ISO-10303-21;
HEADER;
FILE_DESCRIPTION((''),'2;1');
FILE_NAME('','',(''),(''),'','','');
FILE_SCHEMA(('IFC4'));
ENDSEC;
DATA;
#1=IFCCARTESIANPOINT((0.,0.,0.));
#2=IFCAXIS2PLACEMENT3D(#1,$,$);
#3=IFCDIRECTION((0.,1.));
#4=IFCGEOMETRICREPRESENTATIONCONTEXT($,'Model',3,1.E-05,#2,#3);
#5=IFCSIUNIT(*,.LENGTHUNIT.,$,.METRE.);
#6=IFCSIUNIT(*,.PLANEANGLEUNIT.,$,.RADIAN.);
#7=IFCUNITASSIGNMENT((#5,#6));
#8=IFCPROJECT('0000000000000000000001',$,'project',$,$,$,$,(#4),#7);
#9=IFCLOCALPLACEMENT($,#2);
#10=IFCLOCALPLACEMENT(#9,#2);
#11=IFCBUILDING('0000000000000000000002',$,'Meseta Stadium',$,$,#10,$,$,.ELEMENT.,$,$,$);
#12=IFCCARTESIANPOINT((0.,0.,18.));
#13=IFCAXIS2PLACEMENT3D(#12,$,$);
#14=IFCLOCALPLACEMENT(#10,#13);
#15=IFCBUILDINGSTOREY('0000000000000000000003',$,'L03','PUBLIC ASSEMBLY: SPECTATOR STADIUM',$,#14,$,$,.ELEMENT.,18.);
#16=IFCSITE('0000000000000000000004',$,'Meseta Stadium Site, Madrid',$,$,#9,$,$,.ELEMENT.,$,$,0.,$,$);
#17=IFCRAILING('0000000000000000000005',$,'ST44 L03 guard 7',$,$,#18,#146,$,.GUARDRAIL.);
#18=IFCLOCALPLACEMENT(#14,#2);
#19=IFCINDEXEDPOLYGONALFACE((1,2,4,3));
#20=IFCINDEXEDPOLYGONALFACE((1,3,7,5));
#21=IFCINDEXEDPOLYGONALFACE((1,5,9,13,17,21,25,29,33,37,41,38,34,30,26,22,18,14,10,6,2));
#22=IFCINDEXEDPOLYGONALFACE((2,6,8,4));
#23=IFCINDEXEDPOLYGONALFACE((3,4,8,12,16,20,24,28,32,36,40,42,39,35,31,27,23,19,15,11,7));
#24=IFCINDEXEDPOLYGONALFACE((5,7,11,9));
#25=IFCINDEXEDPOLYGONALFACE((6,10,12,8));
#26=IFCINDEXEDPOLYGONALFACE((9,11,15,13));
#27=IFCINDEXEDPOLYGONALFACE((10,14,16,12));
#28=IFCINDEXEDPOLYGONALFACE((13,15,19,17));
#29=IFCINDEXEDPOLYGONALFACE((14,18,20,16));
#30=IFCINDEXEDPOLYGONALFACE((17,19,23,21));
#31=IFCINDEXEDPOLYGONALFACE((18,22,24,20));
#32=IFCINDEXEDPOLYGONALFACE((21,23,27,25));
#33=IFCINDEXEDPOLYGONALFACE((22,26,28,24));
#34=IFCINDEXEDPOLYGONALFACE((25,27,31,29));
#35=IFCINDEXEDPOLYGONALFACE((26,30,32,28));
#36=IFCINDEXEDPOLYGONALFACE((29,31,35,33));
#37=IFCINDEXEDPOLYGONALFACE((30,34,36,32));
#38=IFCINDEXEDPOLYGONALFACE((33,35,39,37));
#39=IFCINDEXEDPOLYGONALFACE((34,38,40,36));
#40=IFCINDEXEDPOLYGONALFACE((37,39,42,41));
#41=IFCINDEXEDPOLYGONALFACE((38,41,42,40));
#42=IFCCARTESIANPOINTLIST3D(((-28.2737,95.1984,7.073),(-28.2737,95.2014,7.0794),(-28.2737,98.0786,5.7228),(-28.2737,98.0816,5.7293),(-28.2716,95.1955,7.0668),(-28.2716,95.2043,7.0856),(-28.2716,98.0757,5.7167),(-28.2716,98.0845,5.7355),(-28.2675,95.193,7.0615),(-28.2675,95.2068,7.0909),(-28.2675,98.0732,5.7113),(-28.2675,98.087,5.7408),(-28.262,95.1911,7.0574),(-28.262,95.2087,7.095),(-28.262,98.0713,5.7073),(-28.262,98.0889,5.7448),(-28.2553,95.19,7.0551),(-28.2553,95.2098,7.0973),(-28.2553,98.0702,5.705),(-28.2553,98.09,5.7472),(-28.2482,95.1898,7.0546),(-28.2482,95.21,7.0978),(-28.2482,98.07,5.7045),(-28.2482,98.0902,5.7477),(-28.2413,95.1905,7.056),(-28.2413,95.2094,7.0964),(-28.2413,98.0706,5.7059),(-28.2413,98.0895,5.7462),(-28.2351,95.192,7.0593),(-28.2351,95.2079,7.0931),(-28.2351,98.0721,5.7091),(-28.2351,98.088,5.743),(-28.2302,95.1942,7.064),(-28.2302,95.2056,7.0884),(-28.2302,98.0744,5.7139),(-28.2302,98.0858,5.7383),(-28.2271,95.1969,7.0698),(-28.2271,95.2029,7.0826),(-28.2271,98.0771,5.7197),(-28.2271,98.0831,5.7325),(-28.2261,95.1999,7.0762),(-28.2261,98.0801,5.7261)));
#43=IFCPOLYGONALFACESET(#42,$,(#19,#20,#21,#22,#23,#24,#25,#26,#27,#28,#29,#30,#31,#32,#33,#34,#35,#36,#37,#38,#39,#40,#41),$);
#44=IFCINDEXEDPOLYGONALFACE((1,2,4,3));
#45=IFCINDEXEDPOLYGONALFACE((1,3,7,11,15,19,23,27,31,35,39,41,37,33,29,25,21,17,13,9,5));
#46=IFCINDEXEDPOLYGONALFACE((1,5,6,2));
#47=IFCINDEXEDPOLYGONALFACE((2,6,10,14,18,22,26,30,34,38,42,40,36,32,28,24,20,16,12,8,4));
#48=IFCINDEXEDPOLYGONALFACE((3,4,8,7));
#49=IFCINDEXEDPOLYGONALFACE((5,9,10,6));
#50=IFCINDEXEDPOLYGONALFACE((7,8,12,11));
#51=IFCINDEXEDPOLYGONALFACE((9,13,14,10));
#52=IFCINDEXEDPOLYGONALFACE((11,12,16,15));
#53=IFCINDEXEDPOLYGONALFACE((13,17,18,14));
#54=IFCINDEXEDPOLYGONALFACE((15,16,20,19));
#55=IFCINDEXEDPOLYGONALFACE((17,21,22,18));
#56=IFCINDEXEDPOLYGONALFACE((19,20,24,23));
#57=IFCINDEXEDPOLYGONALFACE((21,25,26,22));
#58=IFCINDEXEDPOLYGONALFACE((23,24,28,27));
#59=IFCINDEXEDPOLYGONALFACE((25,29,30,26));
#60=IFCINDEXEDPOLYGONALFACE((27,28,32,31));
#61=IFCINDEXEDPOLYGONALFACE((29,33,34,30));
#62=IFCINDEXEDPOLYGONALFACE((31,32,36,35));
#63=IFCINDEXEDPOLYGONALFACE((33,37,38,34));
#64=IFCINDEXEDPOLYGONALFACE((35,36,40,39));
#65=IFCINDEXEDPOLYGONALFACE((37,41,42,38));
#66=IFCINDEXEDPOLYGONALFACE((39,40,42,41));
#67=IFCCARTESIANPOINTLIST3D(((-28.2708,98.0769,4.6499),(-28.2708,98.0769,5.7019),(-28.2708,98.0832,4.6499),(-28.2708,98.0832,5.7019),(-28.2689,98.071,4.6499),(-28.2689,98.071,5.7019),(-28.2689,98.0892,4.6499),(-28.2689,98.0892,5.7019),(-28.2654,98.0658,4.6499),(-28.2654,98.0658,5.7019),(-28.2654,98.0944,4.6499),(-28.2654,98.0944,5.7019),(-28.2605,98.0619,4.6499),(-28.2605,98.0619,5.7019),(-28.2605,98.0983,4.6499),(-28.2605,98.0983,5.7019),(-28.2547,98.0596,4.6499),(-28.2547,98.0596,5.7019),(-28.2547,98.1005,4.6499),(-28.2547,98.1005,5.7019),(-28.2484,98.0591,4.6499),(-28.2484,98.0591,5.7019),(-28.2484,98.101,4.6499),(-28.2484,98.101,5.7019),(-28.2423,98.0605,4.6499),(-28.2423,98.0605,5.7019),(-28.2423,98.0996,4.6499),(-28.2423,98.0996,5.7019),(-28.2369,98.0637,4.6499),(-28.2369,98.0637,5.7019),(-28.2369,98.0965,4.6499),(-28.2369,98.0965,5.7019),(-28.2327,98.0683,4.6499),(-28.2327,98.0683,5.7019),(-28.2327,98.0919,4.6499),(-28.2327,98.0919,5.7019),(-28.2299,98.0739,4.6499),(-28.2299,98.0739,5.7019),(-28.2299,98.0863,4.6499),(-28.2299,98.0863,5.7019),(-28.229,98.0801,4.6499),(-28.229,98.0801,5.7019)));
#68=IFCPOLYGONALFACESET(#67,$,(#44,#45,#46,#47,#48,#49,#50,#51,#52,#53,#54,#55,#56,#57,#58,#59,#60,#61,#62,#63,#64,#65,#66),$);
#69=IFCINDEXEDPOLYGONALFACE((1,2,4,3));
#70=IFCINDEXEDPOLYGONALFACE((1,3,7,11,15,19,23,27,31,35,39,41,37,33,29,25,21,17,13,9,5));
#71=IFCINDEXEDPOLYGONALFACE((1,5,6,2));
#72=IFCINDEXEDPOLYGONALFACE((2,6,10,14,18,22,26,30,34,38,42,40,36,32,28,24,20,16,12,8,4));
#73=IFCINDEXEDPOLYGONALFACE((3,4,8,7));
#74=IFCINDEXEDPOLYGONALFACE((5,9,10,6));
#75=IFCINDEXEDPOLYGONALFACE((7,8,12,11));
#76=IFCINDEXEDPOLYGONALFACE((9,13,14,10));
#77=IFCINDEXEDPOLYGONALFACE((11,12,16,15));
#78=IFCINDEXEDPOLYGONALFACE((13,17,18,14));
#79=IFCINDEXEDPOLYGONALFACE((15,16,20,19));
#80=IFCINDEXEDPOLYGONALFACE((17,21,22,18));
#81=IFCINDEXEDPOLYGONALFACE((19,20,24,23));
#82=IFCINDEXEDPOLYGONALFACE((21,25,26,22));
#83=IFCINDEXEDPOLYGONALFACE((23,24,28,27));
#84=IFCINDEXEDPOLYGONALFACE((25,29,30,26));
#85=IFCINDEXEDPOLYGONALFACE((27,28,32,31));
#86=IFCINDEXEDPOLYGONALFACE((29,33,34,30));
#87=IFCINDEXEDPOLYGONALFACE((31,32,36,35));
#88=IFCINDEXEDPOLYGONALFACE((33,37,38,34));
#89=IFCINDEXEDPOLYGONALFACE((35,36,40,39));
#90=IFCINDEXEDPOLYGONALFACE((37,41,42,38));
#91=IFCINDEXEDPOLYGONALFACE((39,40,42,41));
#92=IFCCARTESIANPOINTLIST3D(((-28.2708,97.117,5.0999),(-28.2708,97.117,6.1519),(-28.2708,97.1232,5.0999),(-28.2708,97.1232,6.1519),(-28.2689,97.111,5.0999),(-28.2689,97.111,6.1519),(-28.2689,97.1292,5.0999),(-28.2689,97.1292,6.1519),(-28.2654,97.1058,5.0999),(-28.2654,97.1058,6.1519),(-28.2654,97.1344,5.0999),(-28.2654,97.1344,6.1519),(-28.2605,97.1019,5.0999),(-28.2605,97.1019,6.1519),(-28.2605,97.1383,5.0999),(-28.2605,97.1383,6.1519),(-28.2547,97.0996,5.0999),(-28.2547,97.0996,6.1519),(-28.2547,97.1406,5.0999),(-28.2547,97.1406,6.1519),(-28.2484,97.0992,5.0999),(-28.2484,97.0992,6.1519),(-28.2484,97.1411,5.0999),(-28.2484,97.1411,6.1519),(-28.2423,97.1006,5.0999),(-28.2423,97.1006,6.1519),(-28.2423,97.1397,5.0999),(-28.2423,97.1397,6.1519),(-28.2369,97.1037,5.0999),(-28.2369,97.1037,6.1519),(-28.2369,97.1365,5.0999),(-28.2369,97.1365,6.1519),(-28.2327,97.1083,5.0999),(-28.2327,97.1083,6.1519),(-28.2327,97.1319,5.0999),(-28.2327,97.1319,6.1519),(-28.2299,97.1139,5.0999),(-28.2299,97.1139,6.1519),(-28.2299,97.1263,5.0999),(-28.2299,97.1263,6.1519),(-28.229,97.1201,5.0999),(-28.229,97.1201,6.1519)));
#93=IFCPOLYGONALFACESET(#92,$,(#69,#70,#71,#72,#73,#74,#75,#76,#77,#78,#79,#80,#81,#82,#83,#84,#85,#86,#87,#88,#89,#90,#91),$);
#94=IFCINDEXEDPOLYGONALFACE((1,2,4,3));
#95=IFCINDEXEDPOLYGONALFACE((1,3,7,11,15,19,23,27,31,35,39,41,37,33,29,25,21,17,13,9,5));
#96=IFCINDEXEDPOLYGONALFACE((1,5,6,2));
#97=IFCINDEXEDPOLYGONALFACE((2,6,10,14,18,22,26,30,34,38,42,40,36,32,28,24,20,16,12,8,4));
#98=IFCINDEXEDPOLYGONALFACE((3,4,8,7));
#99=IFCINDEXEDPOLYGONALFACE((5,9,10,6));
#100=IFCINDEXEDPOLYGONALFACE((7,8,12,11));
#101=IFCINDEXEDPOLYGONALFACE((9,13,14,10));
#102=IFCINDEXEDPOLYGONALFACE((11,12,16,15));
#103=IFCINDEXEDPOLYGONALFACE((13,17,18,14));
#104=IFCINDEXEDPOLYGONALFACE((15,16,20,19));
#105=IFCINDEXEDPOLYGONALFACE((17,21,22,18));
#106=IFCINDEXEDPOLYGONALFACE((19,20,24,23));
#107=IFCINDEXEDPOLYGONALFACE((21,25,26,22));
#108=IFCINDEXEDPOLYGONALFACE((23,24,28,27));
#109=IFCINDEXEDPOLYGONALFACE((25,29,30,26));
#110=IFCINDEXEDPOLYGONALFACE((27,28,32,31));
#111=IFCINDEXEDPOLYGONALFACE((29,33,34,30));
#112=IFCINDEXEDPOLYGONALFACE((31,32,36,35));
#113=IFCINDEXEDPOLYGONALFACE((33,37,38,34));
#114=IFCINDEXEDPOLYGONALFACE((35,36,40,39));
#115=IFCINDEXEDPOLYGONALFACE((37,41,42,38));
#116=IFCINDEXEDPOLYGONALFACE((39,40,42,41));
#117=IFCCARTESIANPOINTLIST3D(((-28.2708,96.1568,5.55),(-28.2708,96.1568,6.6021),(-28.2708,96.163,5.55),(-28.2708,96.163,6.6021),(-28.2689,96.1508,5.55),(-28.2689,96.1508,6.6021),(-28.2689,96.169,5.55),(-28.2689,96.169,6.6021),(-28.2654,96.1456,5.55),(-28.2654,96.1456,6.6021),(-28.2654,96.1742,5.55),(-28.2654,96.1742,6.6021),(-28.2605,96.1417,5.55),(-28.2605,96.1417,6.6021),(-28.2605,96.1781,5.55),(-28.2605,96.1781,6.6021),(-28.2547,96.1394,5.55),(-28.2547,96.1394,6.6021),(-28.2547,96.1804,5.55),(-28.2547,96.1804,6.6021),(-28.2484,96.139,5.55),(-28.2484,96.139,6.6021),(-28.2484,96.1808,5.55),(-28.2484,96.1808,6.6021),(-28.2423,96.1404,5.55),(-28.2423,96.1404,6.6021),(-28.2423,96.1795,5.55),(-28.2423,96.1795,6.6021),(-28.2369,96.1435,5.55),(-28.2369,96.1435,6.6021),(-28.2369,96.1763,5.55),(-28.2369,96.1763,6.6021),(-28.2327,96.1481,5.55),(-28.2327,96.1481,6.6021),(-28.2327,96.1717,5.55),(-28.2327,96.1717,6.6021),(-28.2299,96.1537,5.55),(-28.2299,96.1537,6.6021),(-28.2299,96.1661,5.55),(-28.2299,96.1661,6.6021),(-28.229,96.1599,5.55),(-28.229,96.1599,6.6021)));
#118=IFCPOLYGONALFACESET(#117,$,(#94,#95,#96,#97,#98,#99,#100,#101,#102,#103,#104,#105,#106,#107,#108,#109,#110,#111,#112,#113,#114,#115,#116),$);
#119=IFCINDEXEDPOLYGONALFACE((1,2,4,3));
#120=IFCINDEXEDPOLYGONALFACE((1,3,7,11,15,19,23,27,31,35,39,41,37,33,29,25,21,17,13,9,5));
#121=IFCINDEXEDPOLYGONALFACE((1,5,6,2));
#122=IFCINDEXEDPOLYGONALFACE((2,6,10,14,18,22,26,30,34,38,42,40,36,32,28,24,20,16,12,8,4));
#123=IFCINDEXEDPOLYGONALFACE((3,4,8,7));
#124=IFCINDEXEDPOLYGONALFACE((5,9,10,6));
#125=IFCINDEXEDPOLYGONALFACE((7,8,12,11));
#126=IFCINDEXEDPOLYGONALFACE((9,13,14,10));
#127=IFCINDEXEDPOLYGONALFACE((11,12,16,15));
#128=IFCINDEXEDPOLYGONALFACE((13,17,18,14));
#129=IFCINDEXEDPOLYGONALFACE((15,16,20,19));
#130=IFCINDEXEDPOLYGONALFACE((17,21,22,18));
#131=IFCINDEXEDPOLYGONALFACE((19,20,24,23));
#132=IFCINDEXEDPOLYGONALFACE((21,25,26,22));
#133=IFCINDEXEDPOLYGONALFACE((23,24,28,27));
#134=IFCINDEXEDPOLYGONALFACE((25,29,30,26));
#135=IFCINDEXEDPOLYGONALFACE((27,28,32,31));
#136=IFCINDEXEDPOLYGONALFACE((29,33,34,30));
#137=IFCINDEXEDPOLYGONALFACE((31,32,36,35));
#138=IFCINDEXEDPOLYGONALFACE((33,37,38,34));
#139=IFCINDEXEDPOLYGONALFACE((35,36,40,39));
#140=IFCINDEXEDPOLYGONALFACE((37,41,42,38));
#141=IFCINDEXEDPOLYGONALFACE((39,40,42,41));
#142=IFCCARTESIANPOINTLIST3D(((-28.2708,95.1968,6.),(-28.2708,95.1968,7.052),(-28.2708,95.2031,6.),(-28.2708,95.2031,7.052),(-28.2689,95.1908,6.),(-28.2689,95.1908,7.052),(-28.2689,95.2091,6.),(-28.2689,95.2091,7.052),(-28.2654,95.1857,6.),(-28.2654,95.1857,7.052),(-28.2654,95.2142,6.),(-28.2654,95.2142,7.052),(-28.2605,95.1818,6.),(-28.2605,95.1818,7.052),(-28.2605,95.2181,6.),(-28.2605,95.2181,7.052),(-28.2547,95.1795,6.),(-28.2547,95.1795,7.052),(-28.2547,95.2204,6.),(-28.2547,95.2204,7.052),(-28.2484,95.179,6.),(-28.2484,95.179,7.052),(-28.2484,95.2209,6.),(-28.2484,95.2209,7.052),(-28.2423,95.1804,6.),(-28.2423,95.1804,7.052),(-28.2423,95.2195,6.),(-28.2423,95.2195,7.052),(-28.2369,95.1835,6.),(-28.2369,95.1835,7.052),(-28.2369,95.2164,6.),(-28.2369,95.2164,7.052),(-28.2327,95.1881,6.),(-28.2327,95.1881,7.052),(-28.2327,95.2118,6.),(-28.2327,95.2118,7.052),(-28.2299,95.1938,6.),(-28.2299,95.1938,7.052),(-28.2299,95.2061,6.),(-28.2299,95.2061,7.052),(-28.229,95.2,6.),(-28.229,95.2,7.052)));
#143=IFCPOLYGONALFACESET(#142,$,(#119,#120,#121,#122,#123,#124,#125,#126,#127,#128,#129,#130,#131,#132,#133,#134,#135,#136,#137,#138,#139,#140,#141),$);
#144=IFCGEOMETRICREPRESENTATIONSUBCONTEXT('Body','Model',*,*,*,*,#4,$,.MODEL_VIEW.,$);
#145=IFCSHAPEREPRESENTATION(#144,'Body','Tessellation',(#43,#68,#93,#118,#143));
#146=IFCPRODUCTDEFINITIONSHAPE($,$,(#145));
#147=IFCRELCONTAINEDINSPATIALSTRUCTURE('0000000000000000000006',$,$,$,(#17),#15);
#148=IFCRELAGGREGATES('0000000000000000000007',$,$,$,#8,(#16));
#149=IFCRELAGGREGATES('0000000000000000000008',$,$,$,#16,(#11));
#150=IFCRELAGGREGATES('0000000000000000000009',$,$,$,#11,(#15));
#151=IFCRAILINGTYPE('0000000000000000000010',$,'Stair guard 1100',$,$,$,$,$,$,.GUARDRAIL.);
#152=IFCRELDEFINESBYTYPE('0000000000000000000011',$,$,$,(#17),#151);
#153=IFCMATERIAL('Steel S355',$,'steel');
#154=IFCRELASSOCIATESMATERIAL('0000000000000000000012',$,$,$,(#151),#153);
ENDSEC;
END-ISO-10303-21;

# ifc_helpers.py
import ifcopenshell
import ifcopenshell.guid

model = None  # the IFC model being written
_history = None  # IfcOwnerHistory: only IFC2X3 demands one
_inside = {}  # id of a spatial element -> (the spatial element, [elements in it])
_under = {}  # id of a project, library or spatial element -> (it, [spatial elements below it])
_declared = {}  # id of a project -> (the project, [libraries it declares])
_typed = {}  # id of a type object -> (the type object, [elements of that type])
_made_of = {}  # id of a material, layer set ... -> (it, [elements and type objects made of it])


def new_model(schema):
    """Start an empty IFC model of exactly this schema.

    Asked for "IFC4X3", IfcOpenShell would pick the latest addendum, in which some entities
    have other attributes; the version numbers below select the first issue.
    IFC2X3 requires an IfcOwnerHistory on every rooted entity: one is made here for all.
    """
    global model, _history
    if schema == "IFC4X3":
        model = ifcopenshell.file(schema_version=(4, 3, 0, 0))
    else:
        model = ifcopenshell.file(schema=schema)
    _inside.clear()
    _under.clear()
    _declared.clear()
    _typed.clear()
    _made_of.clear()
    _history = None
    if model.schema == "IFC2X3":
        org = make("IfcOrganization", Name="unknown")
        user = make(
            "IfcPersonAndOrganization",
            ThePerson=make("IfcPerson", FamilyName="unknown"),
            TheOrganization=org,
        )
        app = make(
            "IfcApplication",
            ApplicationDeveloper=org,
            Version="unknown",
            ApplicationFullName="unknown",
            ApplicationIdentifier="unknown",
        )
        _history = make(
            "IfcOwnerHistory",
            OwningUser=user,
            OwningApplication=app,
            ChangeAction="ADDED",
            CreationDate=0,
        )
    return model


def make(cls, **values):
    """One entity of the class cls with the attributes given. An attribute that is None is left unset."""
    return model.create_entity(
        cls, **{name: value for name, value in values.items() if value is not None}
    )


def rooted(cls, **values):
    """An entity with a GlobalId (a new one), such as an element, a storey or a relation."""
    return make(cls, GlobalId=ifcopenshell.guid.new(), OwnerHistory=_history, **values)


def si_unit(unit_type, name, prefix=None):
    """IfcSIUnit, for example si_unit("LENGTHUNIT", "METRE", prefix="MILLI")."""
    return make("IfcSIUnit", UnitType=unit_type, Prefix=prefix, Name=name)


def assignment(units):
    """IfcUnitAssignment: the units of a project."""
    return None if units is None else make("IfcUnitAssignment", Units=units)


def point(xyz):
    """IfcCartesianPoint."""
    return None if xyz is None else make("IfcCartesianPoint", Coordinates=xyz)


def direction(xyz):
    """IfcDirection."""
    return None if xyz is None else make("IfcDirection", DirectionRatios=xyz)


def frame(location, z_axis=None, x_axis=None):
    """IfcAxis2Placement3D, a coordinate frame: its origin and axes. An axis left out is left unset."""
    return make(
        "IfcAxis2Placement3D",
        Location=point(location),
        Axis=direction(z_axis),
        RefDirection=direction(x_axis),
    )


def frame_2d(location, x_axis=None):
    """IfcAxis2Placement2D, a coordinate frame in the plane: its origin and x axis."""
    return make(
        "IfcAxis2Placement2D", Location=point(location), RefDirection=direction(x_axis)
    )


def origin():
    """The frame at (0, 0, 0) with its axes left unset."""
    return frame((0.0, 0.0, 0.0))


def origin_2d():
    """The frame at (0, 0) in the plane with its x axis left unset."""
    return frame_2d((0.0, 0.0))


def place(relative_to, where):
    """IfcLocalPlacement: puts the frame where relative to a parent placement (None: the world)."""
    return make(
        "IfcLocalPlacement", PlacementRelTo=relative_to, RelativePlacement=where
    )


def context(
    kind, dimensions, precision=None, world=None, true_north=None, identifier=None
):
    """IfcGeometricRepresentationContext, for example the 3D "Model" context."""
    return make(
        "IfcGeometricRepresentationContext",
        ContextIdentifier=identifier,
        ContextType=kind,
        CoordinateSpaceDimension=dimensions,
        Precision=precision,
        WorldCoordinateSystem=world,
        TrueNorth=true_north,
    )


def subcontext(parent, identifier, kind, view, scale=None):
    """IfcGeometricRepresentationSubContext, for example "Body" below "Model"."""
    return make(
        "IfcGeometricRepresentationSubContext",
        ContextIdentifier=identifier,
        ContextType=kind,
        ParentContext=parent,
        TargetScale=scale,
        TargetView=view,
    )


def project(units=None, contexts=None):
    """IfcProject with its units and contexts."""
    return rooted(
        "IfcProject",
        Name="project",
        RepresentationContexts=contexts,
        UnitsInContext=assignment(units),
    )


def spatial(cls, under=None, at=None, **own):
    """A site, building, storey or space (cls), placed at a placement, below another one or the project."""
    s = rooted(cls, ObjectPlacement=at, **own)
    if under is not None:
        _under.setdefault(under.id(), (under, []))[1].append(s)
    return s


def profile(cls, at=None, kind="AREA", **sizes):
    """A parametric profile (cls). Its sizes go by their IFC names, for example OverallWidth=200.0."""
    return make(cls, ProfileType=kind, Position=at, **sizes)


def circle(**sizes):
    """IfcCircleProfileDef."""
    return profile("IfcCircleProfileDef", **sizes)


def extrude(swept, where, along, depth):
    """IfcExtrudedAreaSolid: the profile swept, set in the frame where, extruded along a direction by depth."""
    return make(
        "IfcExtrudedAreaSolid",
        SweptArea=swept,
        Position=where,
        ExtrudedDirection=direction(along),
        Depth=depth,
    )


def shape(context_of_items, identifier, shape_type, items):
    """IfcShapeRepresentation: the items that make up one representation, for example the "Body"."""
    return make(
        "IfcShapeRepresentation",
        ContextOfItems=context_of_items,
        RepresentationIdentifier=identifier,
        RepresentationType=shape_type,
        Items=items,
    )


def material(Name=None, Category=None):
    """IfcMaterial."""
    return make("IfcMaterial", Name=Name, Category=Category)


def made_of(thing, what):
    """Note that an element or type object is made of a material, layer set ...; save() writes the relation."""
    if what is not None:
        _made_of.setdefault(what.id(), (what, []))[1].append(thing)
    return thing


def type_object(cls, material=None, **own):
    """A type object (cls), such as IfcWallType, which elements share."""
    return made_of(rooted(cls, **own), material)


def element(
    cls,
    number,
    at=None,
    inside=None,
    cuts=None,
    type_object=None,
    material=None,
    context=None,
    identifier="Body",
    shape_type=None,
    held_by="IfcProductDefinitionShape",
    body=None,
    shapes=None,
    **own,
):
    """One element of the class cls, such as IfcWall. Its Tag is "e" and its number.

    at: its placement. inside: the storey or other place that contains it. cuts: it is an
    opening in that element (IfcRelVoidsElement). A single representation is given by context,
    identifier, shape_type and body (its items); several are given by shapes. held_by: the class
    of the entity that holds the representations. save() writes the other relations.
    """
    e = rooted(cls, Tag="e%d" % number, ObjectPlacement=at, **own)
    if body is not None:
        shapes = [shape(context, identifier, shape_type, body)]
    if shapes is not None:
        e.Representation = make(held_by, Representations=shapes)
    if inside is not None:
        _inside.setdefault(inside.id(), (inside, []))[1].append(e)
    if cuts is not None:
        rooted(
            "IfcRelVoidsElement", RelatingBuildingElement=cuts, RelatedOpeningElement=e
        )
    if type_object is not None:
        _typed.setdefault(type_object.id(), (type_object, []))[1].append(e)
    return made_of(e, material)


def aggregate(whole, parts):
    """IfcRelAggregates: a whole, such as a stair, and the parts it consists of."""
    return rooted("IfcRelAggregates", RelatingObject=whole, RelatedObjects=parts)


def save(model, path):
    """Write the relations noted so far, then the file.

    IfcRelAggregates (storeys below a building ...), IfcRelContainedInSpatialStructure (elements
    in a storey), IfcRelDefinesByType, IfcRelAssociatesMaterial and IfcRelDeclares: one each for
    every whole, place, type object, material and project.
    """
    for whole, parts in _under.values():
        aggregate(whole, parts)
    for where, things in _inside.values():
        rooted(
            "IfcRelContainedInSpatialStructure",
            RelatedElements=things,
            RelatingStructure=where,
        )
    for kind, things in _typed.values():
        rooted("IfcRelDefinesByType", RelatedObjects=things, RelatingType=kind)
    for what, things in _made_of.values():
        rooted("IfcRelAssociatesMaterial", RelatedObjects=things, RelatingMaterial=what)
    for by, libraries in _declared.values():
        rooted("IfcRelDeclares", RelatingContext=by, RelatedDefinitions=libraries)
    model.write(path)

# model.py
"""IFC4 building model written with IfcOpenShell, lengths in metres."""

from ifc_helpers import new_model, si_unit, direction, frame, origin, origin_2d, place, context, subcontext, project, spatial, circle, extrude, material, type_object, element, save


model = new_model("IFC4")

# Units and contexts
model_context = context("Model", 3, precision=1e-05, world=origin(), true_north=direction((0.0, 1.0)))
body_context = subcontext(model_context, "Body", "Model", "MODEL_VIEW")
ifc_project = project(units=[si_unit("LENGTHUNIT", "METRE"), si_unit("PLANEANGLEUNIT", "RADIAN")], contexts=[model_context])

# Site, building, storey
site_placement = place(None, origin())
site = spatial("IfcSite", under=ifc_project, at=site_placement, Name="Meseta Stadium Site, Madrid", CompositionType="ELEMENT", RefElevation=0.0)
building_placement = place(site_placement, origin())
building = spatial("IfcBuilding", under=site, at=building_placement, Name="Meseta Stadium", CompositionType="ELEMENT")
storey_placement = place(building_placement, frame((0.0, 0.0, 18.0)))
storey = spatial("IfcBuildingStorey", under=building, at=storey_placement, Name="L03", Description="PUBLIC ASSEMBLY: SPECTATOR STADIUM", CompositionType="ELEMENT", Elevation=18.0)

# Railing
ifc_material_1 = material(Name="Steel S355", Category="steel")
railing_type_1 = type_object("IfcRailingType", Name="Stair guard 1100", PredefinedType="GUARDRAIL", material=ifc_material_1)
railing_1_placement = place(storey_placement, frame((-28.25, 98.0801, 4.6499)))
element("IfcRailing", 1, at=railing_1_placement, inside=storey, type_object=railing_type_1, Name="ST44 L03 guard 7", PredefinedType="GUARDRAIL", context=body_context, shape_type="SweptSolid", body=[
    extrude(circle(Radius=0.0239, at=origin_2d()), frame((0.0, 0.0, 1.0762), z_axis=(0.0, -0.905454, 0.424444), x_axis=(1.0, 0.0, 0.0)), (0.0, 0.0, 1.0), 3.1809),
    extrude(circle(Radius=0.021, at=origin_2d()), origin(), (0.0, 0.0, 1.0), 1.052),
    extrude(circle(Radius=0.021, at=origin_2d()), frame((0.0, -0.96, 0.45)), (0.0, 0.0, 1.0), 1.052),
    extrude(circle(Radius=0.021, at=origin_2d()), frame((0.0, -1.9202, 0.9001)), (0.0, 0.0, 1.0), 1.052),
    extrude(circle(Radius=0.021, at=origin_2d()), frame((0.0, -2.8801, 1.3501)), (0.0, 0.0, 1.0), 1.052),
])

save(model, "model.ifc")
